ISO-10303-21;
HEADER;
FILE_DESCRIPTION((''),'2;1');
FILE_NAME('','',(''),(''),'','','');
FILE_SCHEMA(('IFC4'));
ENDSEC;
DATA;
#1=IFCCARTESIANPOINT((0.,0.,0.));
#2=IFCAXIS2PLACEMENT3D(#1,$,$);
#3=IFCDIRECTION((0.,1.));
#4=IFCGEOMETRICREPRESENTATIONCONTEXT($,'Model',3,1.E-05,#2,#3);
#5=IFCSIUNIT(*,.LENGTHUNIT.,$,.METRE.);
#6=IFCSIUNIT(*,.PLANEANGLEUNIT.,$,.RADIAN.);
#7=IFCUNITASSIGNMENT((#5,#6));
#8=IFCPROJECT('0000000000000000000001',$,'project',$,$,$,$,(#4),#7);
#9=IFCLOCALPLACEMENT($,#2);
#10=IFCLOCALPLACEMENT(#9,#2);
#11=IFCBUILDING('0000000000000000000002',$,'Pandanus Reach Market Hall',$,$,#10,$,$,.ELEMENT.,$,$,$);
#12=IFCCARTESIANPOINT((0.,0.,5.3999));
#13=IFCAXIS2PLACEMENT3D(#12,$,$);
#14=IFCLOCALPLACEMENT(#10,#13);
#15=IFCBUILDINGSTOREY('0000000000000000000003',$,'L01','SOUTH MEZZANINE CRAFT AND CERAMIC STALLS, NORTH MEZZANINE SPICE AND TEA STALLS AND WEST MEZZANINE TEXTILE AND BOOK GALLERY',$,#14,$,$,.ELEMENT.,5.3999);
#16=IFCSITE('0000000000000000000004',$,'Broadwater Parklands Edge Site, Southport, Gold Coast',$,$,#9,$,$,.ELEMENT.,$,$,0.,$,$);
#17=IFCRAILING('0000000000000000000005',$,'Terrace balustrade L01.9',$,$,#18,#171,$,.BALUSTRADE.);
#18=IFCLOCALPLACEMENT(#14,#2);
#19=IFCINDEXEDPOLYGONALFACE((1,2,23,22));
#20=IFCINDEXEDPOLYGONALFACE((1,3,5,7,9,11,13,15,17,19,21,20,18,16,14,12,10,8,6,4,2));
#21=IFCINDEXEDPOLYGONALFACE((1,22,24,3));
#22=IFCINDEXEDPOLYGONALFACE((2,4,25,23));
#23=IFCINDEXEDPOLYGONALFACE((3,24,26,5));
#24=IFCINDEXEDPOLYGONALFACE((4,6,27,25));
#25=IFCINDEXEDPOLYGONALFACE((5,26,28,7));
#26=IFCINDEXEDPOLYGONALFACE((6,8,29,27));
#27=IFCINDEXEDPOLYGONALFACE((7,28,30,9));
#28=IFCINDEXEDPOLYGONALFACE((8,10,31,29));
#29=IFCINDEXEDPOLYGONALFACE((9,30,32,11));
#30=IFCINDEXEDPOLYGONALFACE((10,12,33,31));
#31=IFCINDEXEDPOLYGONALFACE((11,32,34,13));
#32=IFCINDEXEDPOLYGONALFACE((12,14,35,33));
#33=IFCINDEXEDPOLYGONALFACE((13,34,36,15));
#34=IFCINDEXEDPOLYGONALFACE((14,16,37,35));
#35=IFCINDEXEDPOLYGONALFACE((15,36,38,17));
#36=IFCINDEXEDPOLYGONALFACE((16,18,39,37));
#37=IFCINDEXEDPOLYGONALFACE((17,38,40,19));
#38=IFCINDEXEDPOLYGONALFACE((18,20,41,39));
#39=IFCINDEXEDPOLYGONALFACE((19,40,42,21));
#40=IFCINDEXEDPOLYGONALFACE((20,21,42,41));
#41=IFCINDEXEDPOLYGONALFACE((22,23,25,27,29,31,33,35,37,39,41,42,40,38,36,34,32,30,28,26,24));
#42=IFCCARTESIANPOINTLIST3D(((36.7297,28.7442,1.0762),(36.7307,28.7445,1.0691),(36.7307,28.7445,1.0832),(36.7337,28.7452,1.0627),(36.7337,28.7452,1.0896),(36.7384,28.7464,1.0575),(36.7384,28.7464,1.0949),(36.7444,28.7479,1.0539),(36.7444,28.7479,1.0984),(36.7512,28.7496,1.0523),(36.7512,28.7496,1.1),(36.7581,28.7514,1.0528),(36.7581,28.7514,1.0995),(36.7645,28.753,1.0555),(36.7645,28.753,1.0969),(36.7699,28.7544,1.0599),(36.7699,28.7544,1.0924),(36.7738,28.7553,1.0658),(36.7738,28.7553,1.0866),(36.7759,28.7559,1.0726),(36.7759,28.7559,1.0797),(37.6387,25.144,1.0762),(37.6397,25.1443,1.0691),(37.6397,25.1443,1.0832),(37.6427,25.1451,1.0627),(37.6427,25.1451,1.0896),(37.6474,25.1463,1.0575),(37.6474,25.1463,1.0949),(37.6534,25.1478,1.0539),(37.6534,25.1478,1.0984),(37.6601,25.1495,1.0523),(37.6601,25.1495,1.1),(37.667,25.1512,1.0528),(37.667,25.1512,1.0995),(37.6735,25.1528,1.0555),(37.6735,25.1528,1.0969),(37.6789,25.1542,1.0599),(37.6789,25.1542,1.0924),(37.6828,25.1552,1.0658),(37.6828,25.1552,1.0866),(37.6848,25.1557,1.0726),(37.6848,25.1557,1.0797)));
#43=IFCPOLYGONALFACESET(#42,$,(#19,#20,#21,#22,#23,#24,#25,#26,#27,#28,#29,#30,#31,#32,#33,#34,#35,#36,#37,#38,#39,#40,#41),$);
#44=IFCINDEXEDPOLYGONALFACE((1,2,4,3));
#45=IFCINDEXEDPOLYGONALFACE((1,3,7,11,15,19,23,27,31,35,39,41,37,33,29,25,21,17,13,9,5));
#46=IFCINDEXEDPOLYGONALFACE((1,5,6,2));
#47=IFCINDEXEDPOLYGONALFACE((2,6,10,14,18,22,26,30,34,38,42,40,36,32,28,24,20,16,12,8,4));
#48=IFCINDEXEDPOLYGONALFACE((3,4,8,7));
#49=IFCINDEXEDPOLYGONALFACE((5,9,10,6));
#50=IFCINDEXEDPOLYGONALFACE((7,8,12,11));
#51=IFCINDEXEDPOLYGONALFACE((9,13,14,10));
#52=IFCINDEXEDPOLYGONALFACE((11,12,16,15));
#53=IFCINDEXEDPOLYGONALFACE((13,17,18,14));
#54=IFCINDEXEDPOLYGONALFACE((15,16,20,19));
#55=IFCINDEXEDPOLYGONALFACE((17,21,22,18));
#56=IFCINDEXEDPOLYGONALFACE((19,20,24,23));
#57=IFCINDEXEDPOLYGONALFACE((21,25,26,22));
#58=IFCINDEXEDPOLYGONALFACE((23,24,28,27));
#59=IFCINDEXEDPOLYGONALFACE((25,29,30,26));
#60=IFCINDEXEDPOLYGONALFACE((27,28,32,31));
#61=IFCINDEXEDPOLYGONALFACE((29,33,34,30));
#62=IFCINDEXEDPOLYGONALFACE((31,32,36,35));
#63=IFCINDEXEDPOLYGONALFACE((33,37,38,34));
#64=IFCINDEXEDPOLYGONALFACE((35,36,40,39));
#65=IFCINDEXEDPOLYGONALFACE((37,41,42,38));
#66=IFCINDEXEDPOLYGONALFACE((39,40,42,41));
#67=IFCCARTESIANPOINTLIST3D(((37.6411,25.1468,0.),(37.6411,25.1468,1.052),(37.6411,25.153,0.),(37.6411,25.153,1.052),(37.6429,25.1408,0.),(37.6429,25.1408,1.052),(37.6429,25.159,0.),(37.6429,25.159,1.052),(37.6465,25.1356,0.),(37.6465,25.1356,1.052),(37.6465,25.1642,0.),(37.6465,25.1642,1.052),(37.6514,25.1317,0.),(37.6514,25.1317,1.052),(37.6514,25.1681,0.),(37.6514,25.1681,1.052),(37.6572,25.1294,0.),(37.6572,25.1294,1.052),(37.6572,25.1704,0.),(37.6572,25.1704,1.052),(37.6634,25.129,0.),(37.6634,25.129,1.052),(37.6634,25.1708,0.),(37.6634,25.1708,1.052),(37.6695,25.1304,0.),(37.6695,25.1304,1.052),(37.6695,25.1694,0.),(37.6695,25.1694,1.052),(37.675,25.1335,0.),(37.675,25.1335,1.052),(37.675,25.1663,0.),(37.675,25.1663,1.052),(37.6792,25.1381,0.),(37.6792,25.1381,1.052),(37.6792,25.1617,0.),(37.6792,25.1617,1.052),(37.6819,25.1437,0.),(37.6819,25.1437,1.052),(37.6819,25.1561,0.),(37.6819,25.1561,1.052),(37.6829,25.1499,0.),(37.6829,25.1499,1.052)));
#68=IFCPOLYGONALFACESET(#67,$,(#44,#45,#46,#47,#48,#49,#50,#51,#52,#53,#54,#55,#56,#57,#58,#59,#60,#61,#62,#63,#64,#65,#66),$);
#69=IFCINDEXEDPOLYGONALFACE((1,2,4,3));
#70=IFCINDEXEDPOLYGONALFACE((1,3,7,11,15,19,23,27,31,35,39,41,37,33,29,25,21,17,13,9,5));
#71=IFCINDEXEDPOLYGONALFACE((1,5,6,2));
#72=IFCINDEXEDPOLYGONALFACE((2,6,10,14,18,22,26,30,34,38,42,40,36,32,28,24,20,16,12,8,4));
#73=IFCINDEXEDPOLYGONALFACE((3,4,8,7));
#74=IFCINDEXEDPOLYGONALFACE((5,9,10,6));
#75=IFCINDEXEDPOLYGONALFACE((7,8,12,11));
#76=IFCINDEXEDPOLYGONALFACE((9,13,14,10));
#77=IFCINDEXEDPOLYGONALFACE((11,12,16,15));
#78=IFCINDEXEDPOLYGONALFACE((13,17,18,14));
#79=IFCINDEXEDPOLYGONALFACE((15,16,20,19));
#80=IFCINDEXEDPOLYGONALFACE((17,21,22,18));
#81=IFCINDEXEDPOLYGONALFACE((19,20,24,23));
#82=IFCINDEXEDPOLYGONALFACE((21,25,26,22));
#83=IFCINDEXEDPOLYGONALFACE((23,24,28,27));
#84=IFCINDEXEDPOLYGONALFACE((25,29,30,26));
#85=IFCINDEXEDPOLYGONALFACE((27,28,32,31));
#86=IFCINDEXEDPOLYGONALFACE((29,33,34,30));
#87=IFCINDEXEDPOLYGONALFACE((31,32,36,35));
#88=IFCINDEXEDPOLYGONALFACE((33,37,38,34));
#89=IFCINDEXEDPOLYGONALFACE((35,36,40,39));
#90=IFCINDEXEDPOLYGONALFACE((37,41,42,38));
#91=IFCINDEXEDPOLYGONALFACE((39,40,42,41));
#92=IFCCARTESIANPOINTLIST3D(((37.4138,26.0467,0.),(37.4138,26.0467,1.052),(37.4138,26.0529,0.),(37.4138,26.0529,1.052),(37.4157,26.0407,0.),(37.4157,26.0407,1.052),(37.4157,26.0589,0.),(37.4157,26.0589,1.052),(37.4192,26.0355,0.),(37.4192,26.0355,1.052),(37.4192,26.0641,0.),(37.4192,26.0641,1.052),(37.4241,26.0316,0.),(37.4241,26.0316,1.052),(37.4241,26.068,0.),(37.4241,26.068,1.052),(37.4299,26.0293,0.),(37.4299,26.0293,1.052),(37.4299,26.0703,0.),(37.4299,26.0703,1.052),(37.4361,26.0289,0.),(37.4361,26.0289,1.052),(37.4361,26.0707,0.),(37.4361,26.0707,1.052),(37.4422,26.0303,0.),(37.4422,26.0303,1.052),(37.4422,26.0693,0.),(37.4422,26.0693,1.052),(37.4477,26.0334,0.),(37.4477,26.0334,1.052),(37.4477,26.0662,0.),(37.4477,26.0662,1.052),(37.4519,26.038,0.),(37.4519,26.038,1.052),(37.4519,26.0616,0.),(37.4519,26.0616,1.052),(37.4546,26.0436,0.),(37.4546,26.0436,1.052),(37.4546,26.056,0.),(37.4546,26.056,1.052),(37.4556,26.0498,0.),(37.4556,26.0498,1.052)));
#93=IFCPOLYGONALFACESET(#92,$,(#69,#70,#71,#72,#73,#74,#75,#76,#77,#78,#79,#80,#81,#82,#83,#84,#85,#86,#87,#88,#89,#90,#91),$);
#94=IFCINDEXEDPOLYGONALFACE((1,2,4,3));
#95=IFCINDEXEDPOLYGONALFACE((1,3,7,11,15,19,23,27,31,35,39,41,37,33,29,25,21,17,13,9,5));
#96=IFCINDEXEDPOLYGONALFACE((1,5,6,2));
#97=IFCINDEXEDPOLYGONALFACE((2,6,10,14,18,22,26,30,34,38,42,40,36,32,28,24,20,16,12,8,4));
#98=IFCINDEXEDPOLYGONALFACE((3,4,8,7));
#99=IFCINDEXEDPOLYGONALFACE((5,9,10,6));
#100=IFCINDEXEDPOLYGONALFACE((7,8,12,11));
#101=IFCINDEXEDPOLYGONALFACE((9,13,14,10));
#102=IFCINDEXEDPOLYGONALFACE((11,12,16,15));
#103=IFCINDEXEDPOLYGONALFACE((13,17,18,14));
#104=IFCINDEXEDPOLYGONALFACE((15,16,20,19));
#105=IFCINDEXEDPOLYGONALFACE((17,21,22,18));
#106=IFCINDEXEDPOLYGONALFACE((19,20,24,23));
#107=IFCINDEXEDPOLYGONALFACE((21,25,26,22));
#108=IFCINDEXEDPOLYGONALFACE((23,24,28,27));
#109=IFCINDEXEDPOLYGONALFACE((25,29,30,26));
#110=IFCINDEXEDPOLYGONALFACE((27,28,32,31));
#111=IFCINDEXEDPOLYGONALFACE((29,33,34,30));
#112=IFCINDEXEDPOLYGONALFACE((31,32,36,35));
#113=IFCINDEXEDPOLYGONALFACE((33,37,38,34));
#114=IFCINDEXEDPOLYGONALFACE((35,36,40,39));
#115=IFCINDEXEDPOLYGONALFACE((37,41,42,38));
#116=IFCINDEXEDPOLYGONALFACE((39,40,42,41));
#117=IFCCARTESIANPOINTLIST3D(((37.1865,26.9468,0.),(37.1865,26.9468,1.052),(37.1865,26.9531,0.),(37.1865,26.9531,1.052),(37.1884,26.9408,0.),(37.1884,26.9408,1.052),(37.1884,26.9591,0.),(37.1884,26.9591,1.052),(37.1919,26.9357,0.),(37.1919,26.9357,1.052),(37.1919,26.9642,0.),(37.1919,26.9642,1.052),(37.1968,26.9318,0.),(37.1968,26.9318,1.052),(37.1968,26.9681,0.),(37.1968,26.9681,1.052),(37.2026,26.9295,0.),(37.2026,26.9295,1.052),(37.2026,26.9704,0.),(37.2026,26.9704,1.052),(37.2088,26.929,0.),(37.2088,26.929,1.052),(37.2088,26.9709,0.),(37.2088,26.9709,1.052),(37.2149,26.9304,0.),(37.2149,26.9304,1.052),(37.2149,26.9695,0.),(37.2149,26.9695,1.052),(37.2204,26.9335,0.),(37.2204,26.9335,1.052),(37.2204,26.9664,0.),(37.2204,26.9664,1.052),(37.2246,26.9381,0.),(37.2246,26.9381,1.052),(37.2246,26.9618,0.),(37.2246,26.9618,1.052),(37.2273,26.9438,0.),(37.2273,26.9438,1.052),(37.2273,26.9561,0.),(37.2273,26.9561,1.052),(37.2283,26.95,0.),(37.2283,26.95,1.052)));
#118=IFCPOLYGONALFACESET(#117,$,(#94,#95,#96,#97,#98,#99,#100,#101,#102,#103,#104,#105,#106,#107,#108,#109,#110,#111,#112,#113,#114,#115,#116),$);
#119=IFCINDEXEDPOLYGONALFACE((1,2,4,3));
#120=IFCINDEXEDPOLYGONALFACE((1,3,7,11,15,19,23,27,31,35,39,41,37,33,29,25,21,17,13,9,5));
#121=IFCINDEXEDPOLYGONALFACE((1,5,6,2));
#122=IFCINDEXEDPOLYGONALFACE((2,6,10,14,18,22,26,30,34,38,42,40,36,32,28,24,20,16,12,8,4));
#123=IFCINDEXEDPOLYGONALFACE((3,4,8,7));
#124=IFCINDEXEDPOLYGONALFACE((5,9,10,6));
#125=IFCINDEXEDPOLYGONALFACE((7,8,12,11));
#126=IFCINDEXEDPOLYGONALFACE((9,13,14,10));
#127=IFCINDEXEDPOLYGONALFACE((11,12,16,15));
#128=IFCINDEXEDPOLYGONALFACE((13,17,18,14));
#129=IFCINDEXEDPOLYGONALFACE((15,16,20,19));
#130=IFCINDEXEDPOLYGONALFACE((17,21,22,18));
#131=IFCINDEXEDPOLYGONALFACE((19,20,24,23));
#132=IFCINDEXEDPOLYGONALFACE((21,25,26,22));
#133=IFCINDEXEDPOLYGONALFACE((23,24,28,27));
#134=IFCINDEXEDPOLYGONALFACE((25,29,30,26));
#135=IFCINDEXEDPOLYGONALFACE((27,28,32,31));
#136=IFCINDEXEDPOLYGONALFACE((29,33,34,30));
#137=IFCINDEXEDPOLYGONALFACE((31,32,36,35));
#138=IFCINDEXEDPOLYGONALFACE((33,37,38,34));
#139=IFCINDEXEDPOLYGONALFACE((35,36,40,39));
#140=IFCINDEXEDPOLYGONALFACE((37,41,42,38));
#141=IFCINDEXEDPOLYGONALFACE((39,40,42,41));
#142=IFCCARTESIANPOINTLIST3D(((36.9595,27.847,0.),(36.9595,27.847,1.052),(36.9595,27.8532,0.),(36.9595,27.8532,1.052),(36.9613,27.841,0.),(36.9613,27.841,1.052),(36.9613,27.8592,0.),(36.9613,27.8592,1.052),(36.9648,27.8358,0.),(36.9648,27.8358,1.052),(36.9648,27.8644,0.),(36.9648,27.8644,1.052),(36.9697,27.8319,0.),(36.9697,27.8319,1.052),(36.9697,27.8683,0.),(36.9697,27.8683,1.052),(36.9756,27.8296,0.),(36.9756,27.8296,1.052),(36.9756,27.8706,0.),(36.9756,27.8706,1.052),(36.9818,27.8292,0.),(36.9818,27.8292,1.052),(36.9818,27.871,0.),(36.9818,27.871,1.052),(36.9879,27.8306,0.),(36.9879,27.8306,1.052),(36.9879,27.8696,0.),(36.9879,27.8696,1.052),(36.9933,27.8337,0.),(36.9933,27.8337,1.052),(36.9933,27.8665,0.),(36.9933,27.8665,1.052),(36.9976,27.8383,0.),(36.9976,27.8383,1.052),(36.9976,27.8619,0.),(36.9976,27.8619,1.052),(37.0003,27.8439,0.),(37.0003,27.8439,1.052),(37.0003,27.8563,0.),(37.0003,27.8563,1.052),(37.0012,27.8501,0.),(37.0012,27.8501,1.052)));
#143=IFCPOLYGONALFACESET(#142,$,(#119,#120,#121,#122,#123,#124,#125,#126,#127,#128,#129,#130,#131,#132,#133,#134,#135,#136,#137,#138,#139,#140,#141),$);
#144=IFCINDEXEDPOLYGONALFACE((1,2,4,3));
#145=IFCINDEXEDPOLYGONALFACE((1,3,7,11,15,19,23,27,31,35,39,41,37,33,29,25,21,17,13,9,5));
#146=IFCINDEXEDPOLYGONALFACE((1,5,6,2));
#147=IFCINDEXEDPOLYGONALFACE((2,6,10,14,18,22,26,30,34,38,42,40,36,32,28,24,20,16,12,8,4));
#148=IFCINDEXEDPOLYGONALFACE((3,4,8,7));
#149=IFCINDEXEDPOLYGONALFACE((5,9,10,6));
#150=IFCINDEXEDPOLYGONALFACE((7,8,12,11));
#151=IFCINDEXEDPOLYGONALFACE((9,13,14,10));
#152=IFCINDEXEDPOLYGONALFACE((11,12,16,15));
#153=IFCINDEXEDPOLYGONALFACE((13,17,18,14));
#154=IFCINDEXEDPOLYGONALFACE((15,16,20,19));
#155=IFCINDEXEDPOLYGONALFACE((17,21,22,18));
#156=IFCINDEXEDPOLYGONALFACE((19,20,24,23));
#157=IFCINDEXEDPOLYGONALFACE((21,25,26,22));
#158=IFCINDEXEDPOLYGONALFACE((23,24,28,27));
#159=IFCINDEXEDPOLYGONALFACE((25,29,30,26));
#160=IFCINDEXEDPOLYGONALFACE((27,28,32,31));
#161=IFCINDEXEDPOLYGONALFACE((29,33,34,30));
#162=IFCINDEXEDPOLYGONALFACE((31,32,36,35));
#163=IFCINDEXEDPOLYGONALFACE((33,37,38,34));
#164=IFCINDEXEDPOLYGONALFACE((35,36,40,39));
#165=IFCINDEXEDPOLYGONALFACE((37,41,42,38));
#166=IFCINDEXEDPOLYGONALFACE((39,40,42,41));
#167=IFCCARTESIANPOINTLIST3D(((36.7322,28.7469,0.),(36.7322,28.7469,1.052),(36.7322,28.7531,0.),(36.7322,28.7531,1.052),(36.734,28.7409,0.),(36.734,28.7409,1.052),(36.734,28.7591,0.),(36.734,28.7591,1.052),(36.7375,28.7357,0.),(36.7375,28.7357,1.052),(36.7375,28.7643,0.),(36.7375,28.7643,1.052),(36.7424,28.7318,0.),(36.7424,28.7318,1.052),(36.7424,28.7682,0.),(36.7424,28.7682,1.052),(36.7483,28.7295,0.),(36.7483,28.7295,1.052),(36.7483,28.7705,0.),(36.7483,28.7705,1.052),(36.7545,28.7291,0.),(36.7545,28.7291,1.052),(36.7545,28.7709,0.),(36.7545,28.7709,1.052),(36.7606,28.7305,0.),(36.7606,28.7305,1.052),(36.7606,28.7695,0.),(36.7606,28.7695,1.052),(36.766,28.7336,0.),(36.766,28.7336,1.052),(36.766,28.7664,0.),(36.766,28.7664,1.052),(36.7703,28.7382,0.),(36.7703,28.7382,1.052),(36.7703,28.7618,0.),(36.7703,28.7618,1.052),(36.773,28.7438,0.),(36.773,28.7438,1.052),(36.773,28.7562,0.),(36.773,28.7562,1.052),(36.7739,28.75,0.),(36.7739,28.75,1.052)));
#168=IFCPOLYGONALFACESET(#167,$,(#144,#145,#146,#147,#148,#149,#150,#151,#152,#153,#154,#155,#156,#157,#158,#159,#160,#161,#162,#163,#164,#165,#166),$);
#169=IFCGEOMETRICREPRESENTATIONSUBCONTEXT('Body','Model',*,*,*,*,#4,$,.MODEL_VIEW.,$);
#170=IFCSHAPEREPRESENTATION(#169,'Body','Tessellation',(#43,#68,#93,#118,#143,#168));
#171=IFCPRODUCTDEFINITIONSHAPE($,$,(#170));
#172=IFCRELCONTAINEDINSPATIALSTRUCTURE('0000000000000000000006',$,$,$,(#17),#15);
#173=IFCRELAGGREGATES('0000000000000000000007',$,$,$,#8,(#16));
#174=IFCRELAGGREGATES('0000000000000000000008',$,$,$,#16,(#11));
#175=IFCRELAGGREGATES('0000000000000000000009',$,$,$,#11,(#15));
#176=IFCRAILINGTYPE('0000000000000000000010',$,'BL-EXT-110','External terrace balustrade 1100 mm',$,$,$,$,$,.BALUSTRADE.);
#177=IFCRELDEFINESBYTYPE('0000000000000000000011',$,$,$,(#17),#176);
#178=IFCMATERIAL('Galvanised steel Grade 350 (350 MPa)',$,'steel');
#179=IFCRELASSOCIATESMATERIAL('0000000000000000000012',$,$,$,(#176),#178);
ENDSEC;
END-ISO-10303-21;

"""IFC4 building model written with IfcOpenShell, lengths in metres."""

from ifc_helpers import new_model, si_unit, direction, frame, origin, origin_2d, place, context, subcontext, project, spatial, circle, extrude, material, type_object, element, save


model = new_model("IFC4")

# Units and contexts
model_context = context("Model", 3, precision=1e-05, world=origin(), true_north=direction((0.0, 1.0)))
body_context = subcontext(model_context, "Body", "Model", "MODEL_VIEW")
ifc_project = project(units=[si_unit("LENGTHUNIT", "METRE"), si_unit("PLANEANGLEUNIT", "RADIAN")], contexts=[model_context])

# Site, building, storey
site_placement = place(None, origin())
site = spatial("IfcSite", under=ifc_project, at=site_placement, Name="Broadwater Parklands Edge Site, Southport, Gold Coast", CompositionType="ELEMENT", RefElevation=0.0)
building_placement = place(site_placement, origin())
building = spatial("IfcBuilding", under=site, at=building_placement, Name="Pandanus Reach Market Hall", CompositionType="ELEMENT")
storey_placement = place(building_placement, frame((0.0, 0.0, 5.3999)))
storey = spatial("IfcBuildingStorey", under=building, at=storey_placement, Name="L01", Description="SOUTH MEZZANINE CRAFT AND CERAMIC STALLS, NORTH MEZZANINE SPICE AND TEA STALLS AND WEST MEZZANINE TEXTILE AND BOOK GALLERY", CompositionType="ELEMENT", Elevation=5.3999)

# Railing
ifc_material_1 = material(Name="Galvanised steel Grade 350 (350 MPa)", Category="steel")
railing_type = type_object("IfcRailingType", Name="BL-EXT-110", Description="External terrace balustrade 1100 mm", PredefinedType="BALUSTRADE", material=ifc_material_1)
railing_1_placement = place(storey_placement, frame((37.6619, 25.1499, 0.0)))
element("IfcRailing", 1, at=railing_1_placement, inside=storey, type_object=railing_type, Name="Terrace balustrade L01.9", PredefinedType="BALUSTRADE", context=body_context, shape_type="SweptSolid", body=[
    extrude(circle(Radius=0.0239, at=origin_2d()), frame((0.0, 0.0, 1.0762), z_axis=(-0.244794, 0.969575, 0.0), x_axis=(-0.969575, -0.244794, 0.0)), (0.0, 0.0, 1.0), 3.7131),
    extrude(circle(Radius=0.021, at=origin_2d()), origin(), (0.0, 0.0, 1.0), 1.052),
    extrude(circle(Radius=0.021, at=origin_2d()), frame((-0.2273, 0.8999, 0.0)), (0.0, 0.0, 1.0), 1.052),
    extrude(circle(Radius=0.021, at=origin_2d()), frame((-0.4546, 1.8, 0.0)), (0.0, 0.0, 1.0), 1.052),
    extrude(circle(Radius=0.021, at=origin_2d()), frame((-0.6816, 2.7002, 0.0)), (0.0, 0.0, 1.0), 1.052),
    extrude(circle(Radius=0.021, at=origin_2d()), frame((-0.9089, 3.6001, 0.0)), (0.0, 0.0, 1.0), 1.052),
])

save(model, "model.ifc")
